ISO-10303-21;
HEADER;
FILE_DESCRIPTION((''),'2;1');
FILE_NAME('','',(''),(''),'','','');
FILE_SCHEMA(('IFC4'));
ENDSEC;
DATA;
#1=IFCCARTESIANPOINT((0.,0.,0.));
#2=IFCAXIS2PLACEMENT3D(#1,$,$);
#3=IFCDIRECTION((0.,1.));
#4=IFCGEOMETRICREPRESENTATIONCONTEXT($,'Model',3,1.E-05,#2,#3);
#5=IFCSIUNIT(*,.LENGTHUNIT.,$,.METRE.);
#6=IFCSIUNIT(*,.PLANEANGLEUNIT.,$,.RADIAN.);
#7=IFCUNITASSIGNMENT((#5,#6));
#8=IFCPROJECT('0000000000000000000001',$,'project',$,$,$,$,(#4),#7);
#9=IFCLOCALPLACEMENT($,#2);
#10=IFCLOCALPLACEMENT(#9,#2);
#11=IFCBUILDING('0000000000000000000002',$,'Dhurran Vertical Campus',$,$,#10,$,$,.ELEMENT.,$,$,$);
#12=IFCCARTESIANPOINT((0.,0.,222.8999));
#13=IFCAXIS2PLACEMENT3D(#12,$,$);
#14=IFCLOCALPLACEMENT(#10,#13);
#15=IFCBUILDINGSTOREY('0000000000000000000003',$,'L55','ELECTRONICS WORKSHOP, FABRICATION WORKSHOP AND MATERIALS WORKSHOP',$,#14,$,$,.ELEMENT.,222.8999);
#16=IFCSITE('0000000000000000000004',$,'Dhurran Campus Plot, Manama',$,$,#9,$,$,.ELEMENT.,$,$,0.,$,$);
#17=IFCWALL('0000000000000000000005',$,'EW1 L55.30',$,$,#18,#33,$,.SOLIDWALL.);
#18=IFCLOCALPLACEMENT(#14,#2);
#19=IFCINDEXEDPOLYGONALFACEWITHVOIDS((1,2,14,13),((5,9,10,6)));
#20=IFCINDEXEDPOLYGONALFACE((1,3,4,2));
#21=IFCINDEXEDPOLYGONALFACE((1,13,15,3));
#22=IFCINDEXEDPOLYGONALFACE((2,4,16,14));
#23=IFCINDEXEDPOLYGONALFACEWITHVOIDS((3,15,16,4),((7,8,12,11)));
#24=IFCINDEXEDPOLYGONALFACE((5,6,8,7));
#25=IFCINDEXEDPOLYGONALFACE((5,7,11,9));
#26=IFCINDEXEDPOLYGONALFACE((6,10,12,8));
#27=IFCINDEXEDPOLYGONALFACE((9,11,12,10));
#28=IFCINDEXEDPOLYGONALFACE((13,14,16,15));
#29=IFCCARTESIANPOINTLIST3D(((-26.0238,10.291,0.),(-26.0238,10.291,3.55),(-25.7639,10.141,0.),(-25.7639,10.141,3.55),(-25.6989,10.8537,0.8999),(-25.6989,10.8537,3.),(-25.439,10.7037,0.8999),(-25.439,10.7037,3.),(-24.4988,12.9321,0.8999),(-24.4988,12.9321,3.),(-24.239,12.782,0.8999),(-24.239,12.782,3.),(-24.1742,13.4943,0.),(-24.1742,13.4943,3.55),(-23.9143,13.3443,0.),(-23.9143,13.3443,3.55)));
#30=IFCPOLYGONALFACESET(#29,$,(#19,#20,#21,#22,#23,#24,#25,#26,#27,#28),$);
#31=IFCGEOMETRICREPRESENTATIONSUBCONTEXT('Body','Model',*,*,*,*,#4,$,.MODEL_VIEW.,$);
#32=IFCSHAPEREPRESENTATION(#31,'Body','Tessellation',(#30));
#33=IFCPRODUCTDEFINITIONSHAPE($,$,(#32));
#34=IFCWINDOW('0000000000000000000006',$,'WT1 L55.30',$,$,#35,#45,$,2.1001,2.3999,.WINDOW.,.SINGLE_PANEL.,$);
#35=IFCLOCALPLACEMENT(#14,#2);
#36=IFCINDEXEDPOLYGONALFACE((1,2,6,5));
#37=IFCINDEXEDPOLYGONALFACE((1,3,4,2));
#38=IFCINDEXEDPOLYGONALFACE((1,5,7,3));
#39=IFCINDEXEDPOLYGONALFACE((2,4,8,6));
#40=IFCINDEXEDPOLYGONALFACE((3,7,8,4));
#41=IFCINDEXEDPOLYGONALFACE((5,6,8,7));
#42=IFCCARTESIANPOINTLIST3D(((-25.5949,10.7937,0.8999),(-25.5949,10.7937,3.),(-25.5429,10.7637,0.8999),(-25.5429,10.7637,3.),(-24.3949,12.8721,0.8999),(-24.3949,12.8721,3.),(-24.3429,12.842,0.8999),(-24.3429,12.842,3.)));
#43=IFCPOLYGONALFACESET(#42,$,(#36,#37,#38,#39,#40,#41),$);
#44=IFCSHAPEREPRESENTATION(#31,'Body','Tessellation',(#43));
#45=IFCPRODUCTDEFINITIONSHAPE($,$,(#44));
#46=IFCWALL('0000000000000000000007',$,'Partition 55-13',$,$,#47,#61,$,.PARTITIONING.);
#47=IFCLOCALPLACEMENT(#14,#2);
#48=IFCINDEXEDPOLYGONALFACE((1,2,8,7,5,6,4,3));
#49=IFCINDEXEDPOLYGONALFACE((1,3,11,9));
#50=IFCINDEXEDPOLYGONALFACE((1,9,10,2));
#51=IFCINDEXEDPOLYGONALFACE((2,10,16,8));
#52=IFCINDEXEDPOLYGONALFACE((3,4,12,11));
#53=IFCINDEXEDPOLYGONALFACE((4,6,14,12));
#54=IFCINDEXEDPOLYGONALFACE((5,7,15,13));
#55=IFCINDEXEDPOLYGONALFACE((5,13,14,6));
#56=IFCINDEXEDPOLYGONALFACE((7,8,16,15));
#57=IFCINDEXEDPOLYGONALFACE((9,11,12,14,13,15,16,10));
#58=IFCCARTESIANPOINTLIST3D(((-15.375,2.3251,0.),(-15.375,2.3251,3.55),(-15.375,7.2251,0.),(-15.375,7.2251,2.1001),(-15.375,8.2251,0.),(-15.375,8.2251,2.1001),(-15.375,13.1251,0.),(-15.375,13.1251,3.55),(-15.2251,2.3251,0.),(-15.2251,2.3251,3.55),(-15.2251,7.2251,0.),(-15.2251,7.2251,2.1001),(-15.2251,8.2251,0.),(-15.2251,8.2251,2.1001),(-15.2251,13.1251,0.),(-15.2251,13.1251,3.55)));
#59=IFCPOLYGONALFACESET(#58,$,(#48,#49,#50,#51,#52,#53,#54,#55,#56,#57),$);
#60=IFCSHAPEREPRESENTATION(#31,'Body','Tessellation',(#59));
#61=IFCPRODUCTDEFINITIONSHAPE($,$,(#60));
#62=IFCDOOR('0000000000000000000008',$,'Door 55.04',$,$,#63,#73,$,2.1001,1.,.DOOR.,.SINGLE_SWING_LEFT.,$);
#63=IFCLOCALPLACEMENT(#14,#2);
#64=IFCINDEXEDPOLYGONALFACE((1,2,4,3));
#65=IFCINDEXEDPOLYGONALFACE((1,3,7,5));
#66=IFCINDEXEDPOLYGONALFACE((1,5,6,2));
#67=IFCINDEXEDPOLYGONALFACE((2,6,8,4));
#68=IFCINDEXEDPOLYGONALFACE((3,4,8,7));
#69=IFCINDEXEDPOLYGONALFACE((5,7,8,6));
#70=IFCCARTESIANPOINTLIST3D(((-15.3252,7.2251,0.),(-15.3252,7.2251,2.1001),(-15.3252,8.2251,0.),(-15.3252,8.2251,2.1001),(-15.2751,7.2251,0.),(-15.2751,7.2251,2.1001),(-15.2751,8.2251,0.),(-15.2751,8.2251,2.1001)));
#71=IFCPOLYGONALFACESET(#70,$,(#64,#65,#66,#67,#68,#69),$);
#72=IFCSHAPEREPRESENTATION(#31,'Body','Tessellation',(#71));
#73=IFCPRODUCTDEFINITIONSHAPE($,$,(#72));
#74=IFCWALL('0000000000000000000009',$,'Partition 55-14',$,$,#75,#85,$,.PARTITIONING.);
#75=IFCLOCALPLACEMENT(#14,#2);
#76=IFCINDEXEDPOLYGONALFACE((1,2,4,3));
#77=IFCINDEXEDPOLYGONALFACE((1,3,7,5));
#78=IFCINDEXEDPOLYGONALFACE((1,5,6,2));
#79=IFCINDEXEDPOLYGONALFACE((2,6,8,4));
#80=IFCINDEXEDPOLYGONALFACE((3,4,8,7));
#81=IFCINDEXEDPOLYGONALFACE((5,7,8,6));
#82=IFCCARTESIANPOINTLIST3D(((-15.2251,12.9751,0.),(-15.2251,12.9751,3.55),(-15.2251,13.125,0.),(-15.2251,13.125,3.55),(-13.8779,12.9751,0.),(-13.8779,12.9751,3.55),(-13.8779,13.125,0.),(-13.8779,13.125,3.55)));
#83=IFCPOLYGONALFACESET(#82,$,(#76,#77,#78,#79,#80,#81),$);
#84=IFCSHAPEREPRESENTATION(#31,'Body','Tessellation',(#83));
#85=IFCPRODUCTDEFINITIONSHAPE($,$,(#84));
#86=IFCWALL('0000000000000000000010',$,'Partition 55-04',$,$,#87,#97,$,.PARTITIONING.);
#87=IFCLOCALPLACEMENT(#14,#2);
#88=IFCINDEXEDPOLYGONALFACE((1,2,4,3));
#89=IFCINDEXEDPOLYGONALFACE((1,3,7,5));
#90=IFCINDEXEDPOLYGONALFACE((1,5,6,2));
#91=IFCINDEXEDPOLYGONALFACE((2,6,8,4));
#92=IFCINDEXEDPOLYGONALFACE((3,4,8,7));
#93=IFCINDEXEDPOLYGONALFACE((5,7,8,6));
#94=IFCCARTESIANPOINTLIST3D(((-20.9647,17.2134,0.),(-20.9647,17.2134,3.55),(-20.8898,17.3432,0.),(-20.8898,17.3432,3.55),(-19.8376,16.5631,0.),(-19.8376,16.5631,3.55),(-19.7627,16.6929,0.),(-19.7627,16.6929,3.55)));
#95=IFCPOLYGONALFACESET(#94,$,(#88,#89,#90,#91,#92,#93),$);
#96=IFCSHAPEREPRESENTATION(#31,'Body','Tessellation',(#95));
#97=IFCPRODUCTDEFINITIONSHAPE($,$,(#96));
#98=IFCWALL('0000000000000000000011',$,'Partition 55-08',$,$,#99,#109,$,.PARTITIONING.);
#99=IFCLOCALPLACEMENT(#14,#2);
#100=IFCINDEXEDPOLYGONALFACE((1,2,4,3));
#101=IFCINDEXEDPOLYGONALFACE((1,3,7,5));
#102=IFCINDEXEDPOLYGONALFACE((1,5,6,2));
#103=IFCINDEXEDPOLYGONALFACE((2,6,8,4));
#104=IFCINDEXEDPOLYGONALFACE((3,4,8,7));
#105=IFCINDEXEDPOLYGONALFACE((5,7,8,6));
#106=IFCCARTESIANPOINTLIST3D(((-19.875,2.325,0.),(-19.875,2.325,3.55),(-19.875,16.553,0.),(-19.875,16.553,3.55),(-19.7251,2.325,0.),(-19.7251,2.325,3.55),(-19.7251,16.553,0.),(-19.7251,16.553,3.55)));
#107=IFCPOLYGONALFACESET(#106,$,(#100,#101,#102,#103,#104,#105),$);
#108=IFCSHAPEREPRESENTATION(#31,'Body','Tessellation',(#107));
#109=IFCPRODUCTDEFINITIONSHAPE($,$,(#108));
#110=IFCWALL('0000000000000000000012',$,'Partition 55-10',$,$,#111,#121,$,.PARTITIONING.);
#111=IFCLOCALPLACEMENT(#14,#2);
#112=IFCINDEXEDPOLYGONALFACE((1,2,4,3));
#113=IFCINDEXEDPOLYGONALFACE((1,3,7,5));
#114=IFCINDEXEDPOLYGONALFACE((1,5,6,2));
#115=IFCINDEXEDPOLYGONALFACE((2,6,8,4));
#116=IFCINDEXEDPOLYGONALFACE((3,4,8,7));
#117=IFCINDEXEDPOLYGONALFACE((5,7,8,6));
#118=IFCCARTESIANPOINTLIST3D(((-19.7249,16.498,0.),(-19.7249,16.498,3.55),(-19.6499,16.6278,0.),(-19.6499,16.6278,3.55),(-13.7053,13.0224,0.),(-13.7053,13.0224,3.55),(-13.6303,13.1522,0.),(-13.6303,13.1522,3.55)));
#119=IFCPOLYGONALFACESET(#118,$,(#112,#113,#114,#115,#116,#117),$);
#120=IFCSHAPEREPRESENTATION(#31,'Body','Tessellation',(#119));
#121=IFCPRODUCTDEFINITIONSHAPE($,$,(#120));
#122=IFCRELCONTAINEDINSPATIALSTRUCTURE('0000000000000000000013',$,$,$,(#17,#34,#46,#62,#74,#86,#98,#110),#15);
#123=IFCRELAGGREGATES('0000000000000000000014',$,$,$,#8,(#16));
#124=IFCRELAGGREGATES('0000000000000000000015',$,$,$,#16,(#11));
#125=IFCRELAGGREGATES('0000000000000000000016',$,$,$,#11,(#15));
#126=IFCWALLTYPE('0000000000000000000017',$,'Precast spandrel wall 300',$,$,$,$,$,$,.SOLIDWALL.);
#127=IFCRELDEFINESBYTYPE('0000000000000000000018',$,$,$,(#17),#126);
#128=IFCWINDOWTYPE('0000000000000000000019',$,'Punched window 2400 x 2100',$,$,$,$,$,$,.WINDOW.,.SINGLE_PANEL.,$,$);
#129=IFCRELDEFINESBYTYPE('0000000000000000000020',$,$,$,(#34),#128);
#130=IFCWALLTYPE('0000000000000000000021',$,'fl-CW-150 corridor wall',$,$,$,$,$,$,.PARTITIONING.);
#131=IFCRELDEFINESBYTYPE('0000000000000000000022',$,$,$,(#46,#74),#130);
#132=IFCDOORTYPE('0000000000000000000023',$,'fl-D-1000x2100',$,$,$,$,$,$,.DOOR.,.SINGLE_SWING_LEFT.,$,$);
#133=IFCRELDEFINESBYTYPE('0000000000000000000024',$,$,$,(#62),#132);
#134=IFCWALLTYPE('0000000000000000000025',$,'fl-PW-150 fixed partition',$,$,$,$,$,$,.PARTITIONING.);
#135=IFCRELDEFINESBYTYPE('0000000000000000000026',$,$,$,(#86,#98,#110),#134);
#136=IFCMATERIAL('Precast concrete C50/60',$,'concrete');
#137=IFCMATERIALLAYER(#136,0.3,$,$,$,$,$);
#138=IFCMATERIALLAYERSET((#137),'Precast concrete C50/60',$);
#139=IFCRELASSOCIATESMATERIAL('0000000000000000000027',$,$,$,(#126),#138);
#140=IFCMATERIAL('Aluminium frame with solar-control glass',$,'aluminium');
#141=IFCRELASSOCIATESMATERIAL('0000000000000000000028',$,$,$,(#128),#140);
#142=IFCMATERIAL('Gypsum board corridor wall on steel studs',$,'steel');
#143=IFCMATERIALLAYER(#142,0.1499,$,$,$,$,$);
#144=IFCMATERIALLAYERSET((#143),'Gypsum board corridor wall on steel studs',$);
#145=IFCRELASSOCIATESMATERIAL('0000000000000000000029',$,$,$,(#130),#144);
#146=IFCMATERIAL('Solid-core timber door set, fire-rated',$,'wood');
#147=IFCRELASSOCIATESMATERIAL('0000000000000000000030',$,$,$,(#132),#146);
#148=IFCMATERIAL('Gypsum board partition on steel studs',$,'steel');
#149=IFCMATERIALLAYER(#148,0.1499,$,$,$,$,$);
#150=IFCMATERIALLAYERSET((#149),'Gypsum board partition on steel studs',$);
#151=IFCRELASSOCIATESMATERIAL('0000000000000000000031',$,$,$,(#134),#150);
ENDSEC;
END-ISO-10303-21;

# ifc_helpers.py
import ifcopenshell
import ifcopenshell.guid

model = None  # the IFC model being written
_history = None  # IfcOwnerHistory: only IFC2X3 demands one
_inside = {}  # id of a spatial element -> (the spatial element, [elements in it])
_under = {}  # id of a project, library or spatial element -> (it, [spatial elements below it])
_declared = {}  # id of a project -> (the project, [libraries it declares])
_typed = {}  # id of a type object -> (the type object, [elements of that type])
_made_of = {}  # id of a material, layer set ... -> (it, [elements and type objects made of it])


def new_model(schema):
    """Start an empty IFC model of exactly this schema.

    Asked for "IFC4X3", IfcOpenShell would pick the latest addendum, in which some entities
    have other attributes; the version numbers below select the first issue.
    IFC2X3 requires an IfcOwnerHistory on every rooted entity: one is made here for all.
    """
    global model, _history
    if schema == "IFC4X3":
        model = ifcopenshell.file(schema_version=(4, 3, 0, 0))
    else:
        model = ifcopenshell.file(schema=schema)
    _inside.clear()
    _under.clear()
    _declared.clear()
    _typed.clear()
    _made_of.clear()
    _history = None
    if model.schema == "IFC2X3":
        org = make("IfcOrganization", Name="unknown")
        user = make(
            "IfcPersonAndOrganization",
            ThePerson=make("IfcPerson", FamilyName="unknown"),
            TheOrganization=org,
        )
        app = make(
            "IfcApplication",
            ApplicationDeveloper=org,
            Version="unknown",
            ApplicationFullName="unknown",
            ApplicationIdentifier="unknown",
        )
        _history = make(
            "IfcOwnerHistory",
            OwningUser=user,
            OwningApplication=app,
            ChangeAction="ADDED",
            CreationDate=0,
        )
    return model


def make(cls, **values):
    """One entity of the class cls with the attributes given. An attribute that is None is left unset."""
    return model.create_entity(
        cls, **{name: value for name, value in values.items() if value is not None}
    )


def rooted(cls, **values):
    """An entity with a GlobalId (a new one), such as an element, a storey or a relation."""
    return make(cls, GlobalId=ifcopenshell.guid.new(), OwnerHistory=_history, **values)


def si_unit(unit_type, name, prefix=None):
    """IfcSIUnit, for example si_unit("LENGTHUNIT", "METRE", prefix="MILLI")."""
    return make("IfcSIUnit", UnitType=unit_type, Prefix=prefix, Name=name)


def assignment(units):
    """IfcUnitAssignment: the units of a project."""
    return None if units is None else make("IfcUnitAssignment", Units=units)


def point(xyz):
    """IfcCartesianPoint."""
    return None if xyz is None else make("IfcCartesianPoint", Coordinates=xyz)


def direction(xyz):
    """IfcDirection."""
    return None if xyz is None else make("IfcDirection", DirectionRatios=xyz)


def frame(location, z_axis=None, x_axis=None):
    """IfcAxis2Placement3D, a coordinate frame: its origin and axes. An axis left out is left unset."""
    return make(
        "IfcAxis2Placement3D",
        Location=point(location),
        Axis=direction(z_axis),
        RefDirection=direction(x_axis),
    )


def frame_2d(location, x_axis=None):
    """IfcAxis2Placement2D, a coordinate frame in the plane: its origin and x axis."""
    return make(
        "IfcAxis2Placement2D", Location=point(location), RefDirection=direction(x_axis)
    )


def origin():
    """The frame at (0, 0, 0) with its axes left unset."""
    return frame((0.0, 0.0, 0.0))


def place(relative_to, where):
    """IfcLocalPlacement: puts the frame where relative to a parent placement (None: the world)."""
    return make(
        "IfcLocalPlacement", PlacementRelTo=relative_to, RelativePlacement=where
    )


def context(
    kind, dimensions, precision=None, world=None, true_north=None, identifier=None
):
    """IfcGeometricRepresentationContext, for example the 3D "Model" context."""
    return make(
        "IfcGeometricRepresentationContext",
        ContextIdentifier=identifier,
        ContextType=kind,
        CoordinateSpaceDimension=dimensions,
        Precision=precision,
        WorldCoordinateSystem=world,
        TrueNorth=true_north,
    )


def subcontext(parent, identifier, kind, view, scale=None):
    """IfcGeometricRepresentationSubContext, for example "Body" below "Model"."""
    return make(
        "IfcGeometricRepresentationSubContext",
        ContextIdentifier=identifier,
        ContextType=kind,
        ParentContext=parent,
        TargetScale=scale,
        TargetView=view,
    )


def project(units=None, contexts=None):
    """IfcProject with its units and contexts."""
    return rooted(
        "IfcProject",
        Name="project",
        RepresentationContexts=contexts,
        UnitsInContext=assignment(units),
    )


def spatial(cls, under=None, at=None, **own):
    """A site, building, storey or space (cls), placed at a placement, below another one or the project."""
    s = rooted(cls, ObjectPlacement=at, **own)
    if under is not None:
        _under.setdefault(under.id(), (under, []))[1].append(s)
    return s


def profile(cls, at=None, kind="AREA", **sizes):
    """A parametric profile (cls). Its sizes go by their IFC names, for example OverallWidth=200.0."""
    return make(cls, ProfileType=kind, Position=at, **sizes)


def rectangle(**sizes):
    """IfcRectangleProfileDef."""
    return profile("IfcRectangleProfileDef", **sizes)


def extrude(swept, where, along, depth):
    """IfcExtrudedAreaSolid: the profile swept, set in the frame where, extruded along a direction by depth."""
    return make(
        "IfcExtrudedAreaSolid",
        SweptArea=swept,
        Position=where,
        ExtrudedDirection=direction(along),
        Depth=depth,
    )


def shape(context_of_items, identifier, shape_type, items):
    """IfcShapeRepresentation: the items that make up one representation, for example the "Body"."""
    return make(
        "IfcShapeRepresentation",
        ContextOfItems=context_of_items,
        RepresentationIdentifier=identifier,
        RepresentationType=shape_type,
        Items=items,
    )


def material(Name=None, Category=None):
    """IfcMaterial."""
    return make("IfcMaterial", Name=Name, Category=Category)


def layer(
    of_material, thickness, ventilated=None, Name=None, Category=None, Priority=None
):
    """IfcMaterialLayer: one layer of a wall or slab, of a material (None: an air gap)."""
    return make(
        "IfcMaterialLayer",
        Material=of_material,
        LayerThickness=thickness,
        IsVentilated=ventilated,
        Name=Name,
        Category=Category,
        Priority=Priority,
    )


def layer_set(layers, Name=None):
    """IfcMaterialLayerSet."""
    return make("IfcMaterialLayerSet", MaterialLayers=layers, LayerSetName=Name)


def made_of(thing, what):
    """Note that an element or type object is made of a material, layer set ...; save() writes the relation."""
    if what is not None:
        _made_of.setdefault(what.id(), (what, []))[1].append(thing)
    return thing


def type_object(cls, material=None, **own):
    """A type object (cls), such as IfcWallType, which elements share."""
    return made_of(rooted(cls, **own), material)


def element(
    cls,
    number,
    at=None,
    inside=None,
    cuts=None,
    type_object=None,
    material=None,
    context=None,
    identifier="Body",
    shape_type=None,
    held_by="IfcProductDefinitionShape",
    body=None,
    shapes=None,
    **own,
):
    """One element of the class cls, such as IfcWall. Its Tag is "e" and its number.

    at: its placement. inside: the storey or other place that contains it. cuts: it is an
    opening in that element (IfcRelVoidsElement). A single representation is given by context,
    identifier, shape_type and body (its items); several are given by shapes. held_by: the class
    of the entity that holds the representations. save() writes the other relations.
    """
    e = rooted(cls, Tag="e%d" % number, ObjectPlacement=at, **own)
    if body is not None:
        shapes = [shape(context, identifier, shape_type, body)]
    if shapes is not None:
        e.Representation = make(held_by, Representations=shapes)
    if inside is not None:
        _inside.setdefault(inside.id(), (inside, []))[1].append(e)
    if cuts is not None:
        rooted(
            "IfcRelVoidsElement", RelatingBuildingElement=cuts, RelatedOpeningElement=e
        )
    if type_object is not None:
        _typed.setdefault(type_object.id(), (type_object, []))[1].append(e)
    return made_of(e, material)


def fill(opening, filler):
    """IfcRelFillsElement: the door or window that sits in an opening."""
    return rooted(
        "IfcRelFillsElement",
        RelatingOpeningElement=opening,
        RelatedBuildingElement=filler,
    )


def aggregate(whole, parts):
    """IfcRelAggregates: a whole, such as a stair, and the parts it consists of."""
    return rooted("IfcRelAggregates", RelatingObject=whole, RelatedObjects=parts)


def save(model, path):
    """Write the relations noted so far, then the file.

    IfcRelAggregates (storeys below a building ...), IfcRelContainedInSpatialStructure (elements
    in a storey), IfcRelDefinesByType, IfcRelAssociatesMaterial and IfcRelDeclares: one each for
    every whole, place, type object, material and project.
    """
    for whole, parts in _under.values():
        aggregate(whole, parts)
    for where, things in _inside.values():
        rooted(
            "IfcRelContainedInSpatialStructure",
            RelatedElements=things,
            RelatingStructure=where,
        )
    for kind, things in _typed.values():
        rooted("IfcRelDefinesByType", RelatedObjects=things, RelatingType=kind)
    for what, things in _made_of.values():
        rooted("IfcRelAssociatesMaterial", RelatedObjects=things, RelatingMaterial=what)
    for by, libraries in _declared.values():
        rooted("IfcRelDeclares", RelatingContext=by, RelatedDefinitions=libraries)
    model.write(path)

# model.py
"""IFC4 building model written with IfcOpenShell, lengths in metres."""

from ifc_helpers import new_model, si_unit, direction, frame, frame_2d, origin, place, context, subcontext, project, spatial, rectangle, extrude, material, layer, layer_set, type_object, element, fill, save


model = new_model("IFC4")

# Units and contexts
model_context = context("Model", 3, precision=1e-05, world=origin(), true_north=direction((0.0, 1.0)))
body_context = subcontext(model_context, "Body", "Model", "MODEL_VIEW")
ifc_project = project(units=[si_unit("LENGTHUNIT", "METRE"), si_unit("PLANEANGLEUNIT", "RADIAN")], contexts=[model_context])

# Site, building, storey
site_placement = place(None, origin())
site = spatial("IfcSite", under=ifc_project, at=site_placement, Name="Dhurran Campus Plot, Manama", CompositionType="ELEMENT", RefElevation=0.0)
building_placement = place(site_placement, origin())
building = spatial("IfcBuilding", under=site, at=building_placement, Name="Dhurran Vertical Campus", CompositionType="ELEMENT")
storey_placement = place(building_placement, frame((0.0, 0.0, 222.8999)))
storey = spatial("IfcBuildingStorey", under=building, at=storey_placement, Name="L55", Description="ELECTRONICS WORKSHOP, FABRICATION WORKSHOP AND MATERIALS WORKSHOP", CompositionType="ELEMENT", Elevation=222.8999)

# Wall, opening, window
ifc_material_1 = material(Name="Precast concrete C50/60", Category="concrete")
ifc_layer_1 = layer(ifc_material_1, 0.3)
ifc_layer_set_1 = layer_set([ifc_layer_1], Name="Precast concrete C50/60")
wall_type_1 = type_object("IfcWallType", Name="Precast spandrel wall 300", PredefinedType="SOLIDWALL", material=ifc_layer_set_1)
ifc_material_2 = material(Name="Aluminium frame with solar-control glass", Category="aluminium")
window_type = type_object("IfcWindowType", Name="Punched window 2400 x 2100", PartitioningType="SINGLE_PANEL", PredefinedType="WINDOW", material=ifc_material_2)
wall_1_placement = place(storey_placement, frame((-24.0442, 13.4194, 0.0), z_axis=(0.0, 0.0, 1.0), x_axis=(-0.500029, -0.866009, 0.0)))
wall_1 = element("IfcWall", 1, at=wall_1_placement, inside=storey, type_object=wall_type_1, Name="EW1 L55.30", PredefinedType="SOLIDWALL", context=body_context, shape_type="SweptSolid", body=[
    extrude(rectangle(XDim=3.699, YDim=0.3, at=frame_2d((1.8496, 0.0))), origin(), (0.0, 0.0, 1.0), 3.55),
])
opening_1_placement = place(wall_1_placement, frame((0.6494, 0.0, 0.8999)))
opening_1 = element("IfcOpeningElement", 2, at=opening_1_placement, cuts=wall_1, PredefinedType="OPENING", context=body_context, shape_type="SweptSolid", body=[
    extrude(rectangle(XDim=2.3999, YDim=2.1001, at=frame_2d((1.2, 1.05))), frame((0.0, 0.1599, 0.0), z_axis=(0.0, -1.0, 0.0), x_axis=(1.0, 0.0, 0.0)), (0.0, 0.0, 1.0), 0.3201),
])
window_1_placement = place(opening_1_placement, origin())
window_1 = element("IfcWindow", 3, at=window_1_placement, inside=storey, type_object=window_type, Name="WT1 L55.30", OverallHeight=2.1001, OverallWidth=2.3999, PartitioningType="SINGLE_PANEL", PredefinedType="WINDOW", context=body_context, shape_type="SweptSolid", body=[
    extrude(rectangle(XDim=2.3999, YDim=2.1001, at=frame_2d((1.2, 1.05))), frame((0.0, 0.03, 0.0), z_axis=(0.0, -1.0, 0.0), x_axis=(1.0, 0.0, 0.0)), (0.0, 0.0, 1.0), 0.0601),
])
fill(opening_1, window_1)

# Wall, opening, door
ifc_material_3 = material(Name="Gypsum board corridor wall on steel studs", Category="steel")
ifc_layer_2 = layer(ifc_material_3, 0.1499)
ifc_layer_set_2 = layer_set([ifc_layer_2], Name="Gypsum board corridor wall on steel studs")
wall_type_2 = type_object("IfcWallType", Name="fl-CW-150 corridor wall", PredefinedType="PARTITIONING", material=ifc_layer_set_2)
wall_2_placement = place(storey_placement, frame((-15.3, 13.125, 0.0), z_axis=(0.0, 0.0, 1.0), x_axis=(0.0, -1.0, 0.0)))
wall_2 = element("IfcWall", 4, at=wall_2_placement, inside=storey, type_object=wall_type_2, Name="Partition 55-13", PredefinedType="PARTITIONING", context=body_context, shape_type="SweptSolid", body=[
    extrude(rectangle(XDim=10.8, YDim=0.1499, at=frame_2d((5.3999, 0.0))), origin(), (0.0, 0.0, 1.0), 3.55),
])
opening_2_placement = place(wall_2_placement, frame((4.8999, 0.0, 0.0)))
opening_2 = element("IfcOpeningElement", 5, at=opening_2_placement, cuts=wall_2, PredefinedType="OPENING", context=body_context, shape_type="SweptSolid", body=[
    extrude(rectangle(XDim=1.0, YDim=2.1001, at=frame_2d((0.5, 1.05))), frame((0.0, 0.085, 0.0), z_axis=(0.0, -1.0, 0.0), x_axis=(1.0, 0.0, 0.0)), (0.0, 0.0, 1.0), 0.1699),
])
ifc_material_4 = material(Name="Solid-core timber door set, fire-rated", Category="wood")
door_type = type_object("IfcDoorType", Name="fl-D-1000x2100", OperationType="SINGLE_SWING_LEFT", PredefinedType="DOOR", material=ifc_material_4)
door_placement = place(opening_2_placement, origin())
door = element("IfcDoor", 6, at=door_placement, inside=storey, type_object=door_type, Name="Door 55.04", OperationType="SINGLE_SWING_LEFT", OverallHeight=2.1001, OverallWidth=1.0, PredefinedType="DOOR", context=body_context, shape_type="SweptSolid", body=[
    extrude(rectangle(XDim=1.0, YDim=2.1001, at=frame_2d((0.5, 1.05))), frame((0.0, 0.0249, 0.0), z_axis=(0.0, -1.0, 0.0), x_axis=(1.0, 0.0, 0.0)), (0.0, 0.0, 1.0), 0.05),
])
fill(opening_2, door)

# Walls
wall_3_placement = place(storey_placement, frame((-13.8779, 13.05, 0.0), z_axis=(0.0, 0.0, 1.0), x_axis=(-1.0, 0.0, 0.0)))
element("IfcWall", 7, at=wall_3_placement, inside=storey, type_object=wall_type_2, Name="Partition 55-14", PredefinedType="PARTITIONING", context=body_context, shape_type="SweptSolid", body=[
    extrude(rectangle(XDim=1.3472, YDim=0.1499, at=frame_2d((0.6736, 0.0))), origin(), (0.0, 0.0, 1.0), 3.55),
])
ifc_material_5 = material(Name="Gypsum board partition on steel studs", Category="steel")
ifc_layer_3 = layer(ifc_material_5, 0.1499)
ifc_layer_set_3 = layer_set([ifc_layer_3], Name="Gypsum board partition on steel studs")
wall_type_3 = type_object("IfcWallType", Name="fl-PW-150 fixed partition", PredefinedType="PARTITIONING", material=ifc_layer_set_3)
wall_4_placement = place(storey_placement, frame((-20.9272, 17.2783, 0.0), z_axis=(0.0, 0.0, 1.0), x_axis=(0.866157, -0.499771, 0.0)))
element("IfcWall", 8, at=wall_4_placement, inside=storey, type_object=wall_type_3, Name="Partition 55-04", PredefinedType="PARTITIONING", context=body_context, shape_type="SweptSolid", body=[
    extrude(rectangle(XDim=1.3013, YDim=0.1499, at=frame_2d((0.6506, 0.0))), origin(), (0.0, 0.0, 1.0), 3.55),
])
wall_5_placement = place(storey_placement, frame((-19.8, 16.553, 0.0), z_axis=(0.0, 0.0, 1.0), x_axis=(0.0, -1.0, 0.0)))
element("IfcWall", 9, at=wall_5_placement, inside=storey, type_object=wall_type_3, Name="Partition 55-08", PredefinedType="PARTITIONING", context=body_context, shape_type="SweptSolid", body=[
    extrude(rectangle(XDim=14.228, YDim=0.1499, at=frame_2d((7.114, 0.0))), origin(), (0.0, 0.0, 1.0), 3.55),
])
wall_6_placement = place(storey_placement, frame((-19.6875, 16.563, 0.0), z_axis=(0.0, 0.0, 1.0), x_axis=(0.866012, -0.500022, 0.0)))
element("IfcWall", 10, at=wall_6_placement, inside=storey, type_object=wall_type_3, Name="Partition 55-10", PredefinedType="PARTITIONING", context=body_context, shape_type="SweptSolid", body=[
    extrude(rectangle(XDim=6.9509, YDim=0.1499, at=frame_2d((3.4756, 0.0))), origin(), (0.0, 0.0, 1.0), 3.55),
])

save(model, "model.ifc")
